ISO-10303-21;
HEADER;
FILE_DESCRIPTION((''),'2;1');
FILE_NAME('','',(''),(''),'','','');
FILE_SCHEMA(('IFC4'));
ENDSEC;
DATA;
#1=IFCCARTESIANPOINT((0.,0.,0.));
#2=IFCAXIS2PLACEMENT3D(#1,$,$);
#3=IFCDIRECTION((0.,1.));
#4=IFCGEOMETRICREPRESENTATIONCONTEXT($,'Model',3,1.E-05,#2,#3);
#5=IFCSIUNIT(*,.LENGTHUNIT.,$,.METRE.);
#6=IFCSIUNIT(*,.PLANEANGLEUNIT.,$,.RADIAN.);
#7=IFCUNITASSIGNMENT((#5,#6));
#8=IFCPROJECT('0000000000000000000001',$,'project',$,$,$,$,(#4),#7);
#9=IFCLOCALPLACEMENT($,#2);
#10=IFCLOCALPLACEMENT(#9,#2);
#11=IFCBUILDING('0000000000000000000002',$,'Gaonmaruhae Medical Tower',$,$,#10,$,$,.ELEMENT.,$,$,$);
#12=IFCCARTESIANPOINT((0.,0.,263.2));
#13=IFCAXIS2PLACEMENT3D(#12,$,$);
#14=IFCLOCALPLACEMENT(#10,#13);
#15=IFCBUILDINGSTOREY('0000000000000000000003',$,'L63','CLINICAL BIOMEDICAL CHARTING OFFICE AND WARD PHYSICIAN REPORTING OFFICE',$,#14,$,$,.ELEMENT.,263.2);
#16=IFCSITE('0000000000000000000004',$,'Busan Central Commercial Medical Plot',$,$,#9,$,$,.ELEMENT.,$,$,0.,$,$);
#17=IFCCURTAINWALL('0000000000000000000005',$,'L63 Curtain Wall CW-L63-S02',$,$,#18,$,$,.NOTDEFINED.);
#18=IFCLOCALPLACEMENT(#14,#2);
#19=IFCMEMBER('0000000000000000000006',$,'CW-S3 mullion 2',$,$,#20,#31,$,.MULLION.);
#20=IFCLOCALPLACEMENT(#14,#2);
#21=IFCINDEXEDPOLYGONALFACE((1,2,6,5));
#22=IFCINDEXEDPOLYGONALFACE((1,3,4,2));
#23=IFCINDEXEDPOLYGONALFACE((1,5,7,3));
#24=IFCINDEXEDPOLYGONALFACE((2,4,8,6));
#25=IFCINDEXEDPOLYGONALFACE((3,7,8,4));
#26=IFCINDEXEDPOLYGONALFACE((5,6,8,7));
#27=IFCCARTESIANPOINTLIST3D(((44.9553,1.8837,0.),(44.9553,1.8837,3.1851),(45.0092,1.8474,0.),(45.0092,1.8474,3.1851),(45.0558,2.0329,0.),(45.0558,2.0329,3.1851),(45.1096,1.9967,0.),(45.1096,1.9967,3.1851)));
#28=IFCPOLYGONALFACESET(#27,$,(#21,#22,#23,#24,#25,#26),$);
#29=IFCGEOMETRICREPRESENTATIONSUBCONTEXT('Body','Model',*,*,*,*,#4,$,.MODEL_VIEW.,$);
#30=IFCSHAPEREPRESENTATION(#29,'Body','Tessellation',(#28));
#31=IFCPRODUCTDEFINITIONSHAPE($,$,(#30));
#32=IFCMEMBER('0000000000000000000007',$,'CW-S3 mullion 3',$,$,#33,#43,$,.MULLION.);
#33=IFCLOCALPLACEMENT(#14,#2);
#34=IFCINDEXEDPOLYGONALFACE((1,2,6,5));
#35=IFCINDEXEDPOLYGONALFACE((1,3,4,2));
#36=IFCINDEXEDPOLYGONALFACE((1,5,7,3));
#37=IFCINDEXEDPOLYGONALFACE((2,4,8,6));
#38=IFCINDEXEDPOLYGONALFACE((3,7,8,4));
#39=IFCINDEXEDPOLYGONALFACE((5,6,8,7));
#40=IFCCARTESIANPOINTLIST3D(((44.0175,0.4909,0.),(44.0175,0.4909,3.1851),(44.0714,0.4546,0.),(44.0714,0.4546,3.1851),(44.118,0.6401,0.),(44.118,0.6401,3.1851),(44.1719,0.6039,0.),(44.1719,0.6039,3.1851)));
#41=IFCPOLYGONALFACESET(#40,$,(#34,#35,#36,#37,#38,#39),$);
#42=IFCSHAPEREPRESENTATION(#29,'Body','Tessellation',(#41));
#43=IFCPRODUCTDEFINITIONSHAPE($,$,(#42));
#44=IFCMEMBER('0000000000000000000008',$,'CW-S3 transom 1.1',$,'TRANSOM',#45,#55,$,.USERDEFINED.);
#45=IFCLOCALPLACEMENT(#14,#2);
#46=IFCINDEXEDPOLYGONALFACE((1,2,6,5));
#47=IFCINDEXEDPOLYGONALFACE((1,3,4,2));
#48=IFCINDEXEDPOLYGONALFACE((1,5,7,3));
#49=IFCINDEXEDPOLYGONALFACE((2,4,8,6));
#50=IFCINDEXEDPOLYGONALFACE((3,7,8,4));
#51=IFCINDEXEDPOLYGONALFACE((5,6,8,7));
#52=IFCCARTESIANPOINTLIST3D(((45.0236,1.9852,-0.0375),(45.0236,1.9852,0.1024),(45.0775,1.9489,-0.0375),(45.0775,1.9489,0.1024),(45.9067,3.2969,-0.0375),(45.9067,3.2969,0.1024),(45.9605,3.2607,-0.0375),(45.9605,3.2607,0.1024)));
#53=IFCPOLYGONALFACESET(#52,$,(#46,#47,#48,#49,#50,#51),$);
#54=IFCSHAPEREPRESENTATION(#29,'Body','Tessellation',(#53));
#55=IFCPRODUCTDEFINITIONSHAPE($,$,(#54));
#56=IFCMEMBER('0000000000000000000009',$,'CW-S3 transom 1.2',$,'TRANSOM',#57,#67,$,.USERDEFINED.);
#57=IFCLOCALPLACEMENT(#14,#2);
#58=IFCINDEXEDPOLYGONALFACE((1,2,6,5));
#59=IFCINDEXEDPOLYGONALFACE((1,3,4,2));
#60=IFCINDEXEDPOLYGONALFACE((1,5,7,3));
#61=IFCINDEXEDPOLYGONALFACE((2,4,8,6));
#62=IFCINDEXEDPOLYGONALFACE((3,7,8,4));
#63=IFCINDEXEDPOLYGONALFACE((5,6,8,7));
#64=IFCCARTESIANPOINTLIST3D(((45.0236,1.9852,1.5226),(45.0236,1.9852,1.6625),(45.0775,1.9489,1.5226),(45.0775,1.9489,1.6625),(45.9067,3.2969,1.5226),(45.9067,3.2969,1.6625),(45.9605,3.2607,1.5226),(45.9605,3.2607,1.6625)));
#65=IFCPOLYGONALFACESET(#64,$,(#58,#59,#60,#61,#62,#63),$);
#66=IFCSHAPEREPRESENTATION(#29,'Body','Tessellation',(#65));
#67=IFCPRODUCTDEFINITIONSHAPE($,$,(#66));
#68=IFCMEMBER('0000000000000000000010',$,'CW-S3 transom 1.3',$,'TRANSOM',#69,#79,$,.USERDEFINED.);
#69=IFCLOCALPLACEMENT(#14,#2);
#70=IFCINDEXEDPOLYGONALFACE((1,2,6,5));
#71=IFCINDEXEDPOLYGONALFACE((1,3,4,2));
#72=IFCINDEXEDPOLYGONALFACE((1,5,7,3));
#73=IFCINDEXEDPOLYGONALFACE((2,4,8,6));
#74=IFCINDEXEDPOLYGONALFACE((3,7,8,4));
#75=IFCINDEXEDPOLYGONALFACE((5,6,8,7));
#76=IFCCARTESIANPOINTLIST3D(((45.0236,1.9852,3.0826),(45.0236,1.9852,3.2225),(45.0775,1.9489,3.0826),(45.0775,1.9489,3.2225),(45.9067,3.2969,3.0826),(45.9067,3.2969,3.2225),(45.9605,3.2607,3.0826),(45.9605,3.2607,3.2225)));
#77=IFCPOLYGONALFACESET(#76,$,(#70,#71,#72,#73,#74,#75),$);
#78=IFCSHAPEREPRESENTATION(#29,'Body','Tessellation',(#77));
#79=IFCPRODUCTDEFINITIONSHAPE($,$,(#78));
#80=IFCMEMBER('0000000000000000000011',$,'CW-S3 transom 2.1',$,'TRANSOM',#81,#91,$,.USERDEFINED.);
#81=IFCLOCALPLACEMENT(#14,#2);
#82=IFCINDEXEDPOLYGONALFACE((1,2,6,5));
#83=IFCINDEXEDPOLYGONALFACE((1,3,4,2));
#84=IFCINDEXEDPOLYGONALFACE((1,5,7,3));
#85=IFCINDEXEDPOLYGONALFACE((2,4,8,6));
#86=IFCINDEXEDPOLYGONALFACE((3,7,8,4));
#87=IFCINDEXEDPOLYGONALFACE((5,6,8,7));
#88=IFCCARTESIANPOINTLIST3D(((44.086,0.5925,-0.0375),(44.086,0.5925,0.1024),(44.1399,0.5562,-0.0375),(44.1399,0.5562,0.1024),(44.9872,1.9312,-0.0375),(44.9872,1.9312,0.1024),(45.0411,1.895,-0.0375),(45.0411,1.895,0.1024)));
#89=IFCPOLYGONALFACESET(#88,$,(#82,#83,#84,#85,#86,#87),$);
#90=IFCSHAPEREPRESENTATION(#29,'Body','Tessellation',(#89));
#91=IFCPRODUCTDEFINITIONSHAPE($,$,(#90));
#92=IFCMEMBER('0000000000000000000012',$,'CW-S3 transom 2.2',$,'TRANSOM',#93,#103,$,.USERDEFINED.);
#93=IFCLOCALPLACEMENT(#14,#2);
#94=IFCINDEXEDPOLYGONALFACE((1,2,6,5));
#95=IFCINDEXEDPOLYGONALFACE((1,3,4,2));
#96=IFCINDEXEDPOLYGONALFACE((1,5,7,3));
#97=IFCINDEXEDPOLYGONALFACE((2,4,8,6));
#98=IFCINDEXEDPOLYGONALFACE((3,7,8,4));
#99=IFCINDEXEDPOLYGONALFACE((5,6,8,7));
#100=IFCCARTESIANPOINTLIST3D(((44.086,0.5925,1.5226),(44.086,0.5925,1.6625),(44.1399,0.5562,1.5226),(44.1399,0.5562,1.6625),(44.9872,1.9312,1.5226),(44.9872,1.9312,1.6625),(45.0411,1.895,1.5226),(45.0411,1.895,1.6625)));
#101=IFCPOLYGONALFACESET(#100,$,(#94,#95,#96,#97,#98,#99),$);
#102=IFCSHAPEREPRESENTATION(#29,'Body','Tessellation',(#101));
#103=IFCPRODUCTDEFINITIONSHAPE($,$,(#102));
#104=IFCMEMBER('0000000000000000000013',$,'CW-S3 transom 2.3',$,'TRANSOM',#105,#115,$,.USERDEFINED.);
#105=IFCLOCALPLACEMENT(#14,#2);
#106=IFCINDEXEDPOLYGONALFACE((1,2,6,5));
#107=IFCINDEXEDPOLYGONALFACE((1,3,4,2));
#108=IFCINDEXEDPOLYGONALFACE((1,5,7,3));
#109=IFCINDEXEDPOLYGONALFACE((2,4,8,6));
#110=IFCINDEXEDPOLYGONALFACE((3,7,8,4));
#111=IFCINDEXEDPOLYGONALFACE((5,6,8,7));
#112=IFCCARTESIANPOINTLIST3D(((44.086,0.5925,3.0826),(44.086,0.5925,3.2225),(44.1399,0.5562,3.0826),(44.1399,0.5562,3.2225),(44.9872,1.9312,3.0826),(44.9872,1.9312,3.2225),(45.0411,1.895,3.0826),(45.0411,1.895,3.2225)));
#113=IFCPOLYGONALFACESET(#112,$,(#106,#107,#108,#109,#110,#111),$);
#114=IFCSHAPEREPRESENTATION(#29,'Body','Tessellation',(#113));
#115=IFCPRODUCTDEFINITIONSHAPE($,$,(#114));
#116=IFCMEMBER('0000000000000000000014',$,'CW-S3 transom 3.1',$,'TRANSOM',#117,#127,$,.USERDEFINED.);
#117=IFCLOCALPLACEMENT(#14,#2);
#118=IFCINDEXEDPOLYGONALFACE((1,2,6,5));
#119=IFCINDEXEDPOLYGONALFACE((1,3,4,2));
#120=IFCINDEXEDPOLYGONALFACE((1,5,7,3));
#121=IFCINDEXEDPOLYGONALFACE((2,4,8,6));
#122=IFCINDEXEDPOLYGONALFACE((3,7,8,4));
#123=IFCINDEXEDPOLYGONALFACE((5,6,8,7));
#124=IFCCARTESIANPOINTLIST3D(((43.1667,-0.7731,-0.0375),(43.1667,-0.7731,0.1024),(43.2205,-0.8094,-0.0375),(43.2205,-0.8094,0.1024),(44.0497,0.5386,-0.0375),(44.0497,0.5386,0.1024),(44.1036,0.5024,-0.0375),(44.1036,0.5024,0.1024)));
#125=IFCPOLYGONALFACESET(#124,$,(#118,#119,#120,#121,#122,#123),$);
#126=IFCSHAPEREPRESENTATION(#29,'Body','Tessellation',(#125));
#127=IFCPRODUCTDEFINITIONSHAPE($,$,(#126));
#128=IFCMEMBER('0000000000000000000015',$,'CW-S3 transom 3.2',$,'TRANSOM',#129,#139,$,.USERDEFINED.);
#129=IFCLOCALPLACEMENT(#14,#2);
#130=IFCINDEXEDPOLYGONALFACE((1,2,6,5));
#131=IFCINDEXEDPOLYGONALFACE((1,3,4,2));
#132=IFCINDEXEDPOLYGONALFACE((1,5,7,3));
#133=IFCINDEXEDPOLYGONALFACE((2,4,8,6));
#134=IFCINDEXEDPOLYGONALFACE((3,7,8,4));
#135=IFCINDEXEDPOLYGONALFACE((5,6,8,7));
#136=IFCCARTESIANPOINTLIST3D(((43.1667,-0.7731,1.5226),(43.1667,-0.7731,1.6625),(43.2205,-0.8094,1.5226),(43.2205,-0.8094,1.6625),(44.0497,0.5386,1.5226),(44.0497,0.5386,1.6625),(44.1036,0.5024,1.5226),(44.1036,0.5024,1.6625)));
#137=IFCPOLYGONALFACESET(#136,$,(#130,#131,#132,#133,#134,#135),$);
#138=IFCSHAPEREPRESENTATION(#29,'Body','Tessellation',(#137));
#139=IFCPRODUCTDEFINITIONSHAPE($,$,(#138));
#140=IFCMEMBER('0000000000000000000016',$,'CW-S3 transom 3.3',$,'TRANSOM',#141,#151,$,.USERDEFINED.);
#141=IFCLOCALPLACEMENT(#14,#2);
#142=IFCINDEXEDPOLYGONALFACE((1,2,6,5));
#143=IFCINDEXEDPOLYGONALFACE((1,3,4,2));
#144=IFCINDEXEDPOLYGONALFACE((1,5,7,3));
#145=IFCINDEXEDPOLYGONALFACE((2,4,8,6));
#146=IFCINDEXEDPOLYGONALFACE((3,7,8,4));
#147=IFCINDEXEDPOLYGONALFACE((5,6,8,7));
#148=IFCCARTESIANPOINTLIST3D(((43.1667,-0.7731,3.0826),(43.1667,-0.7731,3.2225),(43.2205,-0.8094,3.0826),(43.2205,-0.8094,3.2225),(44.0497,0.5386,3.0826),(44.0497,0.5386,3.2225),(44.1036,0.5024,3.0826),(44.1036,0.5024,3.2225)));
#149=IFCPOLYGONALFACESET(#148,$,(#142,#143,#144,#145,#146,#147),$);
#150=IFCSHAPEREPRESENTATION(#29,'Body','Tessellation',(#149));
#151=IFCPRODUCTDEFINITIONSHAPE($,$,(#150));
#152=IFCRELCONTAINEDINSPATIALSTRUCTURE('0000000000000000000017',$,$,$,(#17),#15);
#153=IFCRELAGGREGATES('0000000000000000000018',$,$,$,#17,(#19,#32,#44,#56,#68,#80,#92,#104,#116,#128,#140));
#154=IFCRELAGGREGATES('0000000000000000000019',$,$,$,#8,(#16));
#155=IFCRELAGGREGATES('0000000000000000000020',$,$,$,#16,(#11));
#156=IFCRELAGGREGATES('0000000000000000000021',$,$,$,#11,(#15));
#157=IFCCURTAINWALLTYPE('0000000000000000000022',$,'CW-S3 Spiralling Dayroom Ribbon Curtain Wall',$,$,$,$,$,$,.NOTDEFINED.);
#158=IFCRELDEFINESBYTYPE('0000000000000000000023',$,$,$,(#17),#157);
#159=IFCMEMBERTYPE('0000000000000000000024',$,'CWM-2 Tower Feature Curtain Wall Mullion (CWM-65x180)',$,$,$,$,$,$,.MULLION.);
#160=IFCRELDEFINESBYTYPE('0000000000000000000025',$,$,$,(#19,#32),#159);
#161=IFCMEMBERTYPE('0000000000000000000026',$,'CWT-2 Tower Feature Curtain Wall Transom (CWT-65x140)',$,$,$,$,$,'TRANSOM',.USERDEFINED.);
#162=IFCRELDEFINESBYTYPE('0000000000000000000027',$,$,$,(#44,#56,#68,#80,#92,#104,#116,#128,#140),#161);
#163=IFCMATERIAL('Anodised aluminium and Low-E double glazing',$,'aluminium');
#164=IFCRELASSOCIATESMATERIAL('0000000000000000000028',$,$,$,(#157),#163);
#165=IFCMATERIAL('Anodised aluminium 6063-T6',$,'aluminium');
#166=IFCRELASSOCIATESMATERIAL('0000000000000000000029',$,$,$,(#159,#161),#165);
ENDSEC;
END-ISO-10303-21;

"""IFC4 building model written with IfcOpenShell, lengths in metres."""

from ifc_helpers import new_model, si_unit, direction, frame, origin, origin_2d, place, context, subcontext, project, spatial, rectangle, extrude, material, material_profile, profile_set, type_object, element, aggregate, save


model = new_model("IFC4")

# Units and contexts
model_context = context("Model", 3, precision=1e-05, world=origin(), true_north=direction((0.0, 1.0)))
body_context = subcontext(model_context, "Body", "Model", "MODEL_VIEW")
ifc_project = project(units=[si_unit("LENGTHUNIT", "METRE"), si_unit("PLANEANGLEUNIT", "RADIAN")], contexts=[model_context])

# Site, building, storey
site_placement = place(None, origin())
site = spatial("IfcSite", under=ifc_project, at=site_placement, Name="Busan Central Commercial Medical Plot", CompositionType="ELEMENT", RefElevation=0.0)
building_placement = place(site_placement, origin())
building = spatial("IfcBuilding", under=site, at=building_placement, Name="Gaonmaruhae Medical Tower", CompositionType="ELEMENT")
storey_placement = place(building_placement, frame((0.0, 0.0, 263.2)))
storey = spatial("IfcBuildingStorey", under=building, at=storey_placement, Name="L63", Description="CLINICAL BIOMEDICAL CHARTING OFFICE AND WARD PHYSICIAN REPORTING OFFICE", CompositionType="ELEMENT", Elevation=263.2)

# Curtain wall, members
ifc_material_1 = material(Name="Anodised aluminium and Low-E double glazing", Category="aluminium")
curtain_wall_type = type_object("IfcCurtainWallType", Name="CW-S3 Spiralling Dayroom Ribbon Curtain Wall", PredefinedType="NOTDEFINED", material=ifc_material_1)
curtain_wall_placement = place(storey_placement, origin())
curtain_wall = element("IfcCurtainWall", 1, at=curtain_wall_placement, inside=storey, type_object=curtain_wall_type, Name="L63 Curtain Wall CW-L63-S02", PredefinedType="NOTDEFINED")
ifc_material_2 = material(Name="Anodised aluminium 6063-T6", Category="aluminium")
ifc_material_profile_1 = material_profile(ifc_material_2, rectangle(XDim=0.0649, YDim=0.1799, at=origin_2d()), Name="CWM-65x180")
ifc_profile_set_1 = profile_set([ifc_material_profile_1], Name="Anodised aluminium 6063-T6")
member_type_1 = type_object("IfcMemberType", Name="CWM-2 Tower Feature Curtain Wall Mullion (CWM-65x180)", PredefinedType="MULLION", material=ifc_profile_set_1)
member_1_placement = place(storey_placement, frame((45.0325, 1.9402, 0.0), z_axis=(0.0, 0.0, 1.0), x_axis=(0.829531, -0.558461, 0.0)))
member_1 = element("IfcMember", 2, at=member_1_placement, type_object=member_type_1, Name="CW-S3 mullion 2", PredefinedType="MULLION", context=body_context, shape_type="SweptSolid", body=[
    extrude(rectangle(XDim=0.0649, YDim=0.1799, at=origin_2d()), origin(), (0.0, 0.0, 1.0), 3.1851),
])
member_2_placement = place(storey_placement, frame((44.0947, 0.5474, 0.0), z_axis=(0.0, 0.0, 1.0), x_axis=(0.829531, -0.558461, 0.0)))
member_2 = element("IfcMember", 3, at=member_2_placement, type_object=member_type_1, Name="CW-S3 mullion 3", PredefinedType="MULLION", context=body_context, shape_type="SweptSolid", body=[
    extrude(rectangle(XDim=0.0649, YDim=0.1799, at=origin_2d()), origin(), (0.0, 0.0, 1.0), 3.1851),
])
ifc_material_profile_2 = material_profile(ifc_material_2, rectangle(XDim=0.0649, YDim=0.1399, at=origin_2d()), Name="CWT-65x140")
ifc_profile_set_2 = profile_set([ifc_material_profile_2], Name="Anodised aluminium 6063-T6")
member_type_2 = type_object("IfcMemberType", Name="CWT-2 Tower Feature Curtain Wall Transom (CWT-65x140)", ElementType="TRANSOM", PredefinedType="USERDEFINED", material=ifc_profile_set_2)
member_3_placement = place(storey_placement, frame((45.9336, 3.2788, 0.0325), z_axis=(-0.558436, -0.829548, 0.0), x_axis=(0.829548, -0.558436, 0.0)))
member_3 = element("IfcMember", 4, at=member_3_placement, type_object=member_type_2, Name="CW-S3 transom 1.1", ObjectType="TRANSOM", PredefinedType="USERDEFINED", context=body_context, shape_type="SweptSolid", body=[
    extrude(rectangle(XDim=0.0649, YDim=0.1399, at=origin_2d()), origin(), (0.0, 0.0, 1.0), 1.5813),
])
member_4_placement = place(storey_placement, frame((45.9336, 3.2788, 1.5925), z_axis=(-0.558436, -0.829548, 0.0), x_axis=(0.829548, -0.558436, 0.0)))
member_4 = element("IfcMember", 5, at=member_4_placement, type_object=member_type_2, Name="CW-S3 transom 1.2", ObjectType="TRANSOM", PredefinedType="USERDEFINED", context=body_context, shape_type="SweptSolid", body=[
    extrude(rectangle(XDim=0.0649, YDim=0.1399, at=origin_2d()), origin(), (0.0, 0.0, 1.0), 1.5813),
])
member_5_placement = place(storey_placement, frame((45.9336, 3.2788, 3.1526), z_axis=(-0.558436, -0.829548, 0.0), x_axis=(0.829548, -0.558436, 0.0)))
member_5 = element("IfcMember", 6, at=member_5_placement, type_object=member_type_2, Name="CW-S3 transom 1.3", ObjectType="TRANSOM", PredefinedType="USERDEFINED", context=body_context, shape_type="SweptSolid", body=[
    extrude(rectangle(XDim=0.0649, YDim=0.1399, at=origin_2d()), origin(), (0.0, 0.0, 1.0), 1.5813),
])
member_6_placement = place(storey_placement, frame((45.0142, 1.9131, 0.0325), z_axis=(-0.55843, -0.829551, 0.0), x_axis=(0.829551, -0.55843, 0.0)))
member_6 = element("IfcMember", 7, at=member_6_placement, type_object=member_type_2, Name="CW-S3 transom 2.1", ObjectType="TRANSOM", PredefinedType="USERDEFINED", context=body_context, shape_type="SweptSolid", body=[
    extrude(rectangle(XDim=0.0649, YDim=0.1399, at=origin_2d()), origin(), (0.0, 0.0, 1.0), 1.6138),
])
member_7_placement = place(storey_placement, frame((45.0142, 1.9131, 1.5925), z_axis=(-0.55843, -0.829551, 0.0), x_axis=(0.829551, -0.55843, 0.0)))
member_7 = element("IfcMember", 8, at=member_7_placement, type_object=member_type_2, Name="CW-S3 transom 2.2", ObjectType="TRANSOM", PredefinedType="USERDEFINED", context=body_context, shape_type="SweptSolid", body=[
    extrude(rectangle(XDim=0.0649, YDim=0.1399, at=origin_2d()), origin(), (0.0, 0.0, 1.0), 1.6138),
])
member_8_placement = place(storey_placement, frame((45.0142, 1.9131, 3.1526), z_axis=(-0.55843, -0.829551, 0.0), x_axis=(0.829551, -0.55843, 0.0)))
member_8 = element("IfcMember", 9, at=member_8_placement, type_object=member_type_2, Name="CW-S3 transom 2.3", ObjectType="TRANSOM", PredefinedType="USERDEFINED", context=body_context, shape_type="SweptSolid", body=[
    extrude(rectangle(XDim=0.0649, YDim=0.1399, at=origin_2d()), origin(), (0.0, 0.0, 1.0), 1.6138),
])
member_9_placement = place(storey_placement, frame((44.0767, 0.5205, 0.0325), z_axis=(-0.558436, -0.829548, 0.0), x_axis=(0.829548, -0.558436, 0.0)))
member_9 = element("IfcMember", 10, at=member_9_placement, type_object=member_type_2, Name="CW-S3 transom 3.1", ObjectType="TRANSOM", PredefinedType="USERDEFINED", context=body_context, shape_type="SweptSolid", body=[
    extrude(rectangle(XDim=0.0649, YDim=0.1399, at=origin_2d()), origin(), (0.0, 0.0, 1.0), 1.5813),
])
member_10_placement = place(storey_placement, frame((44.0767, 0.5205, 1.5925), z_axis=(-0.558436, -0.829548, 0.0), x_axis=(0.829548, -0.558436, 0.0)))
member_10 = element("IfcMember", 11, at=member_10_placement, type_object=member_type_2, Name="CW-S3 transom 3.2", ObjectType="TRANSOM", PredefinedType="USERDEFINED", context=body_context, shape_type="SweptSolid", body=[
    extrude(rectangle(XDim=0.0649, YDim=0.1399, at=origin_2d()), origin(), (0.0, 0.0, 1.0), 1.5813),
])
member_11_placement = place(storey_placement, frame((44.0767, 0.5205, 3.1526), z_axis=(-0.558436, -0.829548, 0.0), x_axis=(0.829548, -0.558436, 0.0)))
member_11 = element("IfcMember", 12, at=member_11_placement, type_object=member_type_2, Name="CW-S3 transom 3.3", ObjectType="TRANSOM", PredefinedType="USERDEFINED", context=body_context, shape_type="SweptSolid", body=[
    extrude(rectangle(XDim=0.0649, YDim=0.1399, at=origin_2d()), origin(), (0.0, 0.0, 1.0), 1.5813),
])

aggregate(curtain_wall, [member_1, member_2, member_3, member_4, member_5, member_6, member_7, member_8, member_9, member_10, member_11])

save(model, "model.ifc")
